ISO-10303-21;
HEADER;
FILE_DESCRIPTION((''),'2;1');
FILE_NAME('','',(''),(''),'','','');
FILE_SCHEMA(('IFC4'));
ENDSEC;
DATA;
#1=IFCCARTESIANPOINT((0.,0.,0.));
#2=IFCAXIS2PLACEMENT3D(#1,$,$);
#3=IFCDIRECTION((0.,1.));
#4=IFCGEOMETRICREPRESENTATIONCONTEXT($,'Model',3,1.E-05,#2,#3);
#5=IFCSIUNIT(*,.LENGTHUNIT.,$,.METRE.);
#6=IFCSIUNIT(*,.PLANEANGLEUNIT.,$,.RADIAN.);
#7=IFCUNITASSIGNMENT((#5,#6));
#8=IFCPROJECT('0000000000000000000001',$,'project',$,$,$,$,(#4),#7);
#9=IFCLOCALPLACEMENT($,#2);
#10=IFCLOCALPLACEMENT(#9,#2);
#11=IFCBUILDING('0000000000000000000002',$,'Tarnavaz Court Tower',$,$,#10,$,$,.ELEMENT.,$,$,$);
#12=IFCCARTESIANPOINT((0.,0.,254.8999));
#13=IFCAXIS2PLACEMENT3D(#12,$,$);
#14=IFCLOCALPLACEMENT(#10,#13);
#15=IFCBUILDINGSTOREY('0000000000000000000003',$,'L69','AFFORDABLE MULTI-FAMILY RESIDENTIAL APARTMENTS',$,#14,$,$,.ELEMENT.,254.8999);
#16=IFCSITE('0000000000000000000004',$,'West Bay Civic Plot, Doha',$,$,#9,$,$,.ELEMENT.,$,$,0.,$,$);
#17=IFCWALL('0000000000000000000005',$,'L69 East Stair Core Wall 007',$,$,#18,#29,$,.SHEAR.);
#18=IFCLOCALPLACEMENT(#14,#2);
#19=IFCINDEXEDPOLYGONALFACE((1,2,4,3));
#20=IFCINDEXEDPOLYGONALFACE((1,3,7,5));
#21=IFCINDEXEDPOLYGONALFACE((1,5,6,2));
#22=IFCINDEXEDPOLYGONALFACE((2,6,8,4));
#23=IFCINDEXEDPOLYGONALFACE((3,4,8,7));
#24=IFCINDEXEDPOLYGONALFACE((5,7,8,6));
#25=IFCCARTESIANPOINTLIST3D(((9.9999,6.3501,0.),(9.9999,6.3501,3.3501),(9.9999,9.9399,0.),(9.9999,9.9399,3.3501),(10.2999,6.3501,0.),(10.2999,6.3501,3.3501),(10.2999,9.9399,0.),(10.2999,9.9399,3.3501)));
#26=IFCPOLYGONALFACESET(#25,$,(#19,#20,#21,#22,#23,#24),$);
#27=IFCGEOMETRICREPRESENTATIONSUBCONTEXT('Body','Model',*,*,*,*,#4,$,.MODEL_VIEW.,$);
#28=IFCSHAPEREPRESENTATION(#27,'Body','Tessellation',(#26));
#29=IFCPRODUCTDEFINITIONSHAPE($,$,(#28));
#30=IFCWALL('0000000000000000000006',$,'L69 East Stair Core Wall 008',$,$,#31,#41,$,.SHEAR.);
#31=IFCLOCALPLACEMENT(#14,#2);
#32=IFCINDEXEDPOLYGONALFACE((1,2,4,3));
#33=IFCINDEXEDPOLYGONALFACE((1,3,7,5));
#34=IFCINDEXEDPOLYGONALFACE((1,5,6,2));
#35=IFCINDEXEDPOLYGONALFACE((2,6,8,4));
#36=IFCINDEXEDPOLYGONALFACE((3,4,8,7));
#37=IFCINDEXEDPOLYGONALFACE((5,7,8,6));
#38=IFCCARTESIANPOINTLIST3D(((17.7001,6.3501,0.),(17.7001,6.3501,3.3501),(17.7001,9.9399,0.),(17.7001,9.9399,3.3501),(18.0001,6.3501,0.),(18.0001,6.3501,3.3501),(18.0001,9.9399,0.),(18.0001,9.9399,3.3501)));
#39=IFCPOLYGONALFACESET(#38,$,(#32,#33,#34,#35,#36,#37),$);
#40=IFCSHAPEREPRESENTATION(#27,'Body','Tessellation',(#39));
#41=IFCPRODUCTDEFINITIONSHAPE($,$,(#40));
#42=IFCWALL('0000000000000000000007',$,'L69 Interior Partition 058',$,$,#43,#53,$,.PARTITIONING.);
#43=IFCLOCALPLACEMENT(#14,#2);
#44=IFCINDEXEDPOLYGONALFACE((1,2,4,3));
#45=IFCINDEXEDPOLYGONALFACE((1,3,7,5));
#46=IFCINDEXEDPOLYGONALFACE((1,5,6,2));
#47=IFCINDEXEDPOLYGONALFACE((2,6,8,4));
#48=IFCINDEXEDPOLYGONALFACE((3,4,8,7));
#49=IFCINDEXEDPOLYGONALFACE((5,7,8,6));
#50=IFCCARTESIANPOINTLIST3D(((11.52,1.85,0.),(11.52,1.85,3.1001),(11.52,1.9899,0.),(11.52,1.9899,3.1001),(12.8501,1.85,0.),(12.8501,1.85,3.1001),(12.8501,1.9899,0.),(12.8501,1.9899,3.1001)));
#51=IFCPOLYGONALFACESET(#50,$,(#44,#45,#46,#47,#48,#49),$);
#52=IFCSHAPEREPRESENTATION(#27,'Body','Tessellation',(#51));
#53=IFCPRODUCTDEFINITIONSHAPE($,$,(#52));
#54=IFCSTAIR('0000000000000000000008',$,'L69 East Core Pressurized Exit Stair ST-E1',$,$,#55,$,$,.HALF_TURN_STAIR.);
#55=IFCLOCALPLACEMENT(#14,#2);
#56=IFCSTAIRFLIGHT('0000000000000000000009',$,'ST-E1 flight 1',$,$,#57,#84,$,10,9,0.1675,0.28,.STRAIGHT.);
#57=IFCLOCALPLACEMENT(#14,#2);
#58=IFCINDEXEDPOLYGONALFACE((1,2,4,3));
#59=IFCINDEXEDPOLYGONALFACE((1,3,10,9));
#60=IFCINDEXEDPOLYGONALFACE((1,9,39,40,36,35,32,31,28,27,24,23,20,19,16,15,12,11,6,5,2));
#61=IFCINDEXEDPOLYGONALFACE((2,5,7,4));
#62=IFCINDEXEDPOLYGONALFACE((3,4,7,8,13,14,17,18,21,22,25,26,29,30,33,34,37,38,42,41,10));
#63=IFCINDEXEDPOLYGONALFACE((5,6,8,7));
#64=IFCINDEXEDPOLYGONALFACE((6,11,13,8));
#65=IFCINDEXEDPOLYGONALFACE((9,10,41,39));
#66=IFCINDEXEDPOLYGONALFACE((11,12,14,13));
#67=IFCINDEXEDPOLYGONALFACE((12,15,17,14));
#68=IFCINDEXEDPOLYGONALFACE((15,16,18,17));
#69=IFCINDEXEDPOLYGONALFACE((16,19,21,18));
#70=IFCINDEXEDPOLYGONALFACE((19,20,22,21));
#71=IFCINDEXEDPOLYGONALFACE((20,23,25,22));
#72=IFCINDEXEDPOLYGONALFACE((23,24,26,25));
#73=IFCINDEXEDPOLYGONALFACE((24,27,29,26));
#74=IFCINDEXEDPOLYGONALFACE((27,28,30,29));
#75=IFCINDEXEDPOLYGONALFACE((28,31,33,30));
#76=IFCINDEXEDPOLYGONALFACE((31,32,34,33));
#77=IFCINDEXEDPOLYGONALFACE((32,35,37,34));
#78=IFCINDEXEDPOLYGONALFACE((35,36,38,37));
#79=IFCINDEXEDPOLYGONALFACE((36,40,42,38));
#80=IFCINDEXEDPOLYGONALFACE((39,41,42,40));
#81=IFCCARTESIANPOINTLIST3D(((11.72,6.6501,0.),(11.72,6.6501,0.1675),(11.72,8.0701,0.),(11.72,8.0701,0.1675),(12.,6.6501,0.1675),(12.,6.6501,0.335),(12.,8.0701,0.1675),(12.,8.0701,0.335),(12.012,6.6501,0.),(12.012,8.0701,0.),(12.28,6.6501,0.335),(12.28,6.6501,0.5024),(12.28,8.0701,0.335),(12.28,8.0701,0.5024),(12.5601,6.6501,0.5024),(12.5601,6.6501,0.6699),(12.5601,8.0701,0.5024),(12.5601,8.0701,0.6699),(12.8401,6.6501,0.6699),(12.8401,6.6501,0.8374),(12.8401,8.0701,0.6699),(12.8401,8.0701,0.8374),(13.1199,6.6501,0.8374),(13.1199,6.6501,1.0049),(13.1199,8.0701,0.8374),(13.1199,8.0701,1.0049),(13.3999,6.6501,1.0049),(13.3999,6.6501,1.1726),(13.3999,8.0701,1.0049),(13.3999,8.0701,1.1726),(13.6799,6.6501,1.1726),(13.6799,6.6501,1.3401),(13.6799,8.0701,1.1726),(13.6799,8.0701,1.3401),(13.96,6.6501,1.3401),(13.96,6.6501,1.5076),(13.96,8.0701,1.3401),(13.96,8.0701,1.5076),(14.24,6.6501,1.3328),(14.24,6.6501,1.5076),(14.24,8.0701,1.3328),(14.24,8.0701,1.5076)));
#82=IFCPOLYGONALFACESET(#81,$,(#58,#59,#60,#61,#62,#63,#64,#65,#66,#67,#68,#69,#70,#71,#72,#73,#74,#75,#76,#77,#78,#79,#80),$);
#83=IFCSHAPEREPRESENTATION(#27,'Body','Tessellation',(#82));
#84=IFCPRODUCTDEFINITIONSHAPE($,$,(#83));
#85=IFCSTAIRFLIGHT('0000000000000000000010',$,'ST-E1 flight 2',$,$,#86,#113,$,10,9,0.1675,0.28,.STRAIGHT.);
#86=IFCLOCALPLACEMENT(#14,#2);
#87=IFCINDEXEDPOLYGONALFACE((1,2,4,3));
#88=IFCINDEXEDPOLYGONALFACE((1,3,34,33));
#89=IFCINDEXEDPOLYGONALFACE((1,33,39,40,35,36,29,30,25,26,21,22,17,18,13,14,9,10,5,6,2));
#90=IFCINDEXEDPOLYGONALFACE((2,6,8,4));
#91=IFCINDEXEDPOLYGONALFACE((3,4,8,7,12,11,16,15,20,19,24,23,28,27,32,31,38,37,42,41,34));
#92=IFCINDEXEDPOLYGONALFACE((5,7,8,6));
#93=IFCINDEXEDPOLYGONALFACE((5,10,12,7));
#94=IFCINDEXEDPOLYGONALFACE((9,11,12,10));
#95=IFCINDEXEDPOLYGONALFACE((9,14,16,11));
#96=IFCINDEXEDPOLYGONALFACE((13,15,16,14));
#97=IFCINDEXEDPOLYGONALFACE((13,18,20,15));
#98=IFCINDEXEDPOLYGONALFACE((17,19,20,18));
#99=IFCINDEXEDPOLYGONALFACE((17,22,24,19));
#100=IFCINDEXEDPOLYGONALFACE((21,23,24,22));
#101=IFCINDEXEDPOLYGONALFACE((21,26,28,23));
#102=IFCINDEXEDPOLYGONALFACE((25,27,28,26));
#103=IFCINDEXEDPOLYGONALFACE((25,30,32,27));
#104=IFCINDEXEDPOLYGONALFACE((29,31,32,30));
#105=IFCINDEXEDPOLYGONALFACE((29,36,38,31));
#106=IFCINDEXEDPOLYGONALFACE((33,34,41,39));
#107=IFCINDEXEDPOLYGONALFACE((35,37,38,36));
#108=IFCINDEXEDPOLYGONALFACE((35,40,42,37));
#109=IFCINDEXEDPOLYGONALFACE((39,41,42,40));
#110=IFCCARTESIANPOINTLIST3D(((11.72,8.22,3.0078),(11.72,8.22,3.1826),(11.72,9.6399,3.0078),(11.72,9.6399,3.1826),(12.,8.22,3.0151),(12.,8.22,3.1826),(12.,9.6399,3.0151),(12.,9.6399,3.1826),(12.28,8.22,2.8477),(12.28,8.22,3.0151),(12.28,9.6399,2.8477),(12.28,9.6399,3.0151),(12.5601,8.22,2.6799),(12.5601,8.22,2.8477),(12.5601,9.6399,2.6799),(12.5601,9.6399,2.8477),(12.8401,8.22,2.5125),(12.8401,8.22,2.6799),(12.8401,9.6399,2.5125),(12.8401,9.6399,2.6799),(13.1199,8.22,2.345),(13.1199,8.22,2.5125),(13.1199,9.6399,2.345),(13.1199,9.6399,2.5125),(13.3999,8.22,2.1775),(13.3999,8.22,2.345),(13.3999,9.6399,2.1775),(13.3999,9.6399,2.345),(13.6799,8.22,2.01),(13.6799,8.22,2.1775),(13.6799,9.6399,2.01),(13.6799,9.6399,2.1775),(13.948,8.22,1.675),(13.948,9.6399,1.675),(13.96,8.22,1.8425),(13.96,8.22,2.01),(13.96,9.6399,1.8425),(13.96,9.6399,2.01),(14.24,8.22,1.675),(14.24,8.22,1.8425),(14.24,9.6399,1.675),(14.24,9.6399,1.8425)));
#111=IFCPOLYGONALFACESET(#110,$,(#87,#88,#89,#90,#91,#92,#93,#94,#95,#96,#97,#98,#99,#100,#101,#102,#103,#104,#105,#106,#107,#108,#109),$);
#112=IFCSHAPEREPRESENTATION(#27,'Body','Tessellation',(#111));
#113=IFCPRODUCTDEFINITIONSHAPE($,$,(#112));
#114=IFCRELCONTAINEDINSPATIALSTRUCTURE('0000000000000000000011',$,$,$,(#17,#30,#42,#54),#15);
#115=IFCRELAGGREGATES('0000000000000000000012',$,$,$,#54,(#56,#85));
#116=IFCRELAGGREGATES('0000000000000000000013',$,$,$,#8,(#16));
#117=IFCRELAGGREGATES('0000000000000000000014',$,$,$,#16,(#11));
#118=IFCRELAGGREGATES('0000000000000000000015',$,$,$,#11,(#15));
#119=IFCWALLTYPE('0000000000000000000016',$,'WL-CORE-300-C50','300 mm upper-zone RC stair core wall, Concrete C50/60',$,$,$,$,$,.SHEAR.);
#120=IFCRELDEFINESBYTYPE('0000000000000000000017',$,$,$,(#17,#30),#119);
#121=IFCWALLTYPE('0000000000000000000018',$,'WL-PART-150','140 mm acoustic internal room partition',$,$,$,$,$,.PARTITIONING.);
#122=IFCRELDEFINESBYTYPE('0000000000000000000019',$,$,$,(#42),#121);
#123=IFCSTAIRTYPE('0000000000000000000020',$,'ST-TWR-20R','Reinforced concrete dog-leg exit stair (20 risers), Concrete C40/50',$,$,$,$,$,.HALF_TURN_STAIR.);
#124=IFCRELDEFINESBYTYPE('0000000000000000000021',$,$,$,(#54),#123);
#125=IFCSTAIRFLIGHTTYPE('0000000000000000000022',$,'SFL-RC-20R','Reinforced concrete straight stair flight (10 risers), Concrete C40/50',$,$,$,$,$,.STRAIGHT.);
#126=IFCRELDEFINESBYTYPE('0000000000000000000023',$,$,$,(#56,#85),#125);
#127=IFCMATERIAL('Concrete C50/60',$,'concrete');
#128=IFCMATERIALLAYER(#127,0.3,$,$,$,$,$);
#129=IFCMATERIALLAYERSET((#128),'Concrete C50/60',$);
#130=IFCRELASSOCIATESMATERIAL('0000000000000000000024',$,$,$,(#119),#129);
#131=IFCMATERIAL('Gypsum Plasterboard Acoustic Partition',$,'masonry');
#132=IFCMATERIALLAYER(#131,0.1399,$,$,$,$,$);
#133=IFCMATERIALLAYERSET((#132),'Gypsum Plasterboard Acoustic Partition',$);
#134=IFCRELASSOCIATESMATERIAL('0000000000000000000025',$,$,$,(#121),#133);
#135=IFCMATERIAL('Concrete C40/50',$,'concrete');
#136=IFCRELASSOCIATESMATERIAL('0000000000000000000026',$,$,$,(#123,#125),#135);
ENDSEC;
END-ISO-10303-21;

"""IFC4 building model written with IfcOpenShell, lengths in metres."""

from ifc_helpers import new_model, si_unit, direction, frame, frame_2d, origin, place, context, subcontext, project, spatial, polyline, rectangle, outline, extrude, material, layer, layer_set, type_object, element, aggregate, save


model = new_model("IFC4")

# Units and contexts
model_context = context("Model", 3, precision=1e-05, world=origin(), true_north=direction((0.0, 1.0)))
body_context = subcontext(model_context, "Body", "Model", "MODEL_VIEW")
ifc_project = project(units=[si_unit("LENGTHUNIT", "METRE"), si_unit("PLANEANGLEUNIT", "RADIAN")], contexts=[model_context])

# Site, building, storey
site_placement = place(None, origin())
site = spatial("IfcSite", under=ifc_project, at=site_placement, Name="West Bay Civic Plot, Doha", CompositionType="ELEMENT", RefElevation=0.0)
building_placement = place(site_placement, origin())
building = spatial("IfcBuilding", under=site, at=building_placement, Name="Tarnavaz Court Tower", CompositionType="ELEMENT")
storey_placement = place(building_placement, frame((0.0, 0.0, 254.8999)))
storey = spatial("IfcBuildingStorey", under=building, at=storey_placement, Name="L69", Description="AFFORDABLE MULTI-FAMILY RESIDENTIAL APARTMENTS", CompositionType="ELEMENT", Elevation=254.8999)

# Shared definitions
ifc_material_1 = material(Name="Concrete C50/60", Category="concrete")

# Walls
ifc_layer_1 = layer(ifc_material_1, 0.3)
ifc_layer_set_1 = layer_set([ifc_layer_1], Name="Concrete C50/60")
wall_type_1 = type_object("IfcWallType", Name="WL-CORE-300-C50", Description="300 mm upper-zone RC stair core wall, Concrete C50/60", PredefinedType="SHEAR", material=ifc_layer_set_1)
for number, where, z_axis, x_axis, name in (
    (1, (10.1499, 6.3501, 0.0), (0.0, 0.0, 1.0), (0.0, 1.0, 0.0), "L69 East Stair Core Wall 007"),
    (2, (17.8501, 6.3501, 0.0), (0.0, 0.0, 1.0), (0.0, 1.0, 0.0), "L69 East Stair Core Wall 008"),
):
    element("IfcWall", number, at=place(storey_placement, frame(where, z_axis=z_axis, x_axis=x_axis)), inside=storey, type_object=wall_type_1, Name=name, PredefinedType="SHEAR", context=body_context, shape_type="SweptSolid", body=[
        extrude(rectangle(XDim=3.5898, YDim=0.3, at=frame_2d((1.7949, 0.0))), origin(), (0.0, 0.0, 1.0), 3.3501),
    ])
ifc_material_2 = material(Name="Gypsum Plasterboard Acoustic Partition", Category="masonry")
ifc_layer_2 = layer(ifc_material_2, 0.1399)
ifc_layer_set_2 = layer_set([ifc_layer_2], Name="Gypsum Plasterboard Acoustic Partition")
wall_type_2 = type_object("IfcWallType", Name="WL-PART-150", Description="140 mm acoustic internal room partition", PredefinedType="PARTITIONING", material=ifc_layer_set_2)
wall_1_placement = place(storey_placement, frame((11.52, 1.9199, 0.0), z_axis=(0.0, 0.0, 1.0), x_axis=(1.0, 0.0, 0.0)))
element("IfcWall", 3, at=wall_1_placement, inside=storey, type_object=wall_type_2, Name="L69 Interior Partition 058", PredefinedType="PARTITIONING", context=body_context, shape_type="SweptSolid", body=[
    extrude(rectangle(XDim=1.3301, YDim=0.1399, at=frame_2d((0.665, 0.0))), origin(), (0.0, 0.0, 1.0), 3.1001),
])

# Stair, stair flights
ifc_material_3 = material(Name="Concrete C40/50", Category="concrete")
stair_type = type_object("IfcStairType", Name="ST-TWR-20R", Description="Reinforced concrete dog-leg exit stair (20 risers), Concrete C40/50", PredefinedType="HALF_TURN_STAIR", material=ifc_material_3)
stair_placement = place(storey_placement, origin())
stair = element("IfcStair", 4, at=stair_placement, inside=storey, type_object=stair_type, Name="L69 East Core Pressurized Exit Stair ST-E1", PredefinedType="HALF_TURN_STAIR")
stair_flight_type = type_object("IfcStairFlightType", Name="SFL-RC-20R", Description="Reinforced concrete straight stair flight (10 risers), Concrete C40/50", PredefinedType="STRAIGHT", material=ifc_material_3)
stair_flight_1_placement = place(storey_placement, frame((11.72, 7.3601, 0.0), z_axis=(0.0, 0.0, 1.0), x_axis=(1.0, 0.0, 0.0)))
stair_flight_1 = element("IfcStairFlight", 5, at=stair_flight_1_placement, type_object=stair_flight_type, Name="ST-E1 flight 1", NumberOfRisers=10, NumberOfTreads=9, PredefinedType="STRAIGHT", RiserHeight=0.1675, TreadLength=0.28, context=body_context, shape_type="SweptSolid", body=[
    extrude(outline(polyline([(0.0, 0.0), (0.0, 0.1675), (0.28, 0.1675), (0.28, 0.335), (0.5601, 0.335), (0.5601, 0.5024), (0.8401, 0.5024), (0.8401, 0.6699), (1.1201, 0.6699), (1.1201, 0.8374), (1.3999, 0.8374), (1.3999, 1.0049), (1.6799, 1.0049), (1.6799, 1.1726), (1.96, 1.1726), (1.96, 1.3401), (2.24, 1.3401), (2.24, 1.5076), (2.52, 1.5076), (2.52, 1.675), (2.52, 1.3328), (0.292, 0.0), (0.0, 0.0)])), frame((0.0, 0.71, 0.0), z_axis=(0.0, -1.0, 0.0), x_axis=(1.0, 0.0, 0.0)), (0.0, 0.0, 1.0), 1.4199),
])
stair_flight_2_placement = place(storey_placement, frame((14.24, 8.9299, 1.675), z_axis=(0.0, 0.0, 1.0), x_axis=(-1.0, 0.0, 0.0)))
stair_flight_2 = element("IfcStairFlight", 6, at=stair_flight_2_placement, type_object=stair_flight_type, Name="ST-E1 flight 2", NumberOfRisers=10, NumberOfTreads=9, PredefinedType="STRAIGHT", RiserHeight=0.1675, TreadLength=0.28, context=body_context, shape_type="SweptSolid", body=[
    extrude(outline(polyline([(0.0, 0.0), (0.0, 0.1675), (0.28, 0.1675), (0.28, 0.335), (0.5601, 0.335), (0.5601, 0.5024), (0.8401, 0.5024), (0.8401, 0.6699), (1.1201, 0.6699), (1.1201, 0.8374), (1.3999, 0.8374), (1.3999, 1.0049), (1.6799, 1.0049), (1.6799, 1.1726), (1.96, 1.1726), (1.96, 1.3401), (2.24, 1.3401), (2.24, 1.5076), (2.52, 1.5076), (2.52, 1.675), (2.52, 1.3328), (0.292, 0.0), (0.0, 0.0)])), frame((0.0, 0.71, 0.0), z_axis=(0.0, -1.0, 0.0), x_axis=(1.0, 0.0, 0.0)), (0.0, 0.0, 1.0), 1.4199),
])
aggregate(stair, [stair_flight_1, stair_flight_2])

save(model, "model.ifc")
